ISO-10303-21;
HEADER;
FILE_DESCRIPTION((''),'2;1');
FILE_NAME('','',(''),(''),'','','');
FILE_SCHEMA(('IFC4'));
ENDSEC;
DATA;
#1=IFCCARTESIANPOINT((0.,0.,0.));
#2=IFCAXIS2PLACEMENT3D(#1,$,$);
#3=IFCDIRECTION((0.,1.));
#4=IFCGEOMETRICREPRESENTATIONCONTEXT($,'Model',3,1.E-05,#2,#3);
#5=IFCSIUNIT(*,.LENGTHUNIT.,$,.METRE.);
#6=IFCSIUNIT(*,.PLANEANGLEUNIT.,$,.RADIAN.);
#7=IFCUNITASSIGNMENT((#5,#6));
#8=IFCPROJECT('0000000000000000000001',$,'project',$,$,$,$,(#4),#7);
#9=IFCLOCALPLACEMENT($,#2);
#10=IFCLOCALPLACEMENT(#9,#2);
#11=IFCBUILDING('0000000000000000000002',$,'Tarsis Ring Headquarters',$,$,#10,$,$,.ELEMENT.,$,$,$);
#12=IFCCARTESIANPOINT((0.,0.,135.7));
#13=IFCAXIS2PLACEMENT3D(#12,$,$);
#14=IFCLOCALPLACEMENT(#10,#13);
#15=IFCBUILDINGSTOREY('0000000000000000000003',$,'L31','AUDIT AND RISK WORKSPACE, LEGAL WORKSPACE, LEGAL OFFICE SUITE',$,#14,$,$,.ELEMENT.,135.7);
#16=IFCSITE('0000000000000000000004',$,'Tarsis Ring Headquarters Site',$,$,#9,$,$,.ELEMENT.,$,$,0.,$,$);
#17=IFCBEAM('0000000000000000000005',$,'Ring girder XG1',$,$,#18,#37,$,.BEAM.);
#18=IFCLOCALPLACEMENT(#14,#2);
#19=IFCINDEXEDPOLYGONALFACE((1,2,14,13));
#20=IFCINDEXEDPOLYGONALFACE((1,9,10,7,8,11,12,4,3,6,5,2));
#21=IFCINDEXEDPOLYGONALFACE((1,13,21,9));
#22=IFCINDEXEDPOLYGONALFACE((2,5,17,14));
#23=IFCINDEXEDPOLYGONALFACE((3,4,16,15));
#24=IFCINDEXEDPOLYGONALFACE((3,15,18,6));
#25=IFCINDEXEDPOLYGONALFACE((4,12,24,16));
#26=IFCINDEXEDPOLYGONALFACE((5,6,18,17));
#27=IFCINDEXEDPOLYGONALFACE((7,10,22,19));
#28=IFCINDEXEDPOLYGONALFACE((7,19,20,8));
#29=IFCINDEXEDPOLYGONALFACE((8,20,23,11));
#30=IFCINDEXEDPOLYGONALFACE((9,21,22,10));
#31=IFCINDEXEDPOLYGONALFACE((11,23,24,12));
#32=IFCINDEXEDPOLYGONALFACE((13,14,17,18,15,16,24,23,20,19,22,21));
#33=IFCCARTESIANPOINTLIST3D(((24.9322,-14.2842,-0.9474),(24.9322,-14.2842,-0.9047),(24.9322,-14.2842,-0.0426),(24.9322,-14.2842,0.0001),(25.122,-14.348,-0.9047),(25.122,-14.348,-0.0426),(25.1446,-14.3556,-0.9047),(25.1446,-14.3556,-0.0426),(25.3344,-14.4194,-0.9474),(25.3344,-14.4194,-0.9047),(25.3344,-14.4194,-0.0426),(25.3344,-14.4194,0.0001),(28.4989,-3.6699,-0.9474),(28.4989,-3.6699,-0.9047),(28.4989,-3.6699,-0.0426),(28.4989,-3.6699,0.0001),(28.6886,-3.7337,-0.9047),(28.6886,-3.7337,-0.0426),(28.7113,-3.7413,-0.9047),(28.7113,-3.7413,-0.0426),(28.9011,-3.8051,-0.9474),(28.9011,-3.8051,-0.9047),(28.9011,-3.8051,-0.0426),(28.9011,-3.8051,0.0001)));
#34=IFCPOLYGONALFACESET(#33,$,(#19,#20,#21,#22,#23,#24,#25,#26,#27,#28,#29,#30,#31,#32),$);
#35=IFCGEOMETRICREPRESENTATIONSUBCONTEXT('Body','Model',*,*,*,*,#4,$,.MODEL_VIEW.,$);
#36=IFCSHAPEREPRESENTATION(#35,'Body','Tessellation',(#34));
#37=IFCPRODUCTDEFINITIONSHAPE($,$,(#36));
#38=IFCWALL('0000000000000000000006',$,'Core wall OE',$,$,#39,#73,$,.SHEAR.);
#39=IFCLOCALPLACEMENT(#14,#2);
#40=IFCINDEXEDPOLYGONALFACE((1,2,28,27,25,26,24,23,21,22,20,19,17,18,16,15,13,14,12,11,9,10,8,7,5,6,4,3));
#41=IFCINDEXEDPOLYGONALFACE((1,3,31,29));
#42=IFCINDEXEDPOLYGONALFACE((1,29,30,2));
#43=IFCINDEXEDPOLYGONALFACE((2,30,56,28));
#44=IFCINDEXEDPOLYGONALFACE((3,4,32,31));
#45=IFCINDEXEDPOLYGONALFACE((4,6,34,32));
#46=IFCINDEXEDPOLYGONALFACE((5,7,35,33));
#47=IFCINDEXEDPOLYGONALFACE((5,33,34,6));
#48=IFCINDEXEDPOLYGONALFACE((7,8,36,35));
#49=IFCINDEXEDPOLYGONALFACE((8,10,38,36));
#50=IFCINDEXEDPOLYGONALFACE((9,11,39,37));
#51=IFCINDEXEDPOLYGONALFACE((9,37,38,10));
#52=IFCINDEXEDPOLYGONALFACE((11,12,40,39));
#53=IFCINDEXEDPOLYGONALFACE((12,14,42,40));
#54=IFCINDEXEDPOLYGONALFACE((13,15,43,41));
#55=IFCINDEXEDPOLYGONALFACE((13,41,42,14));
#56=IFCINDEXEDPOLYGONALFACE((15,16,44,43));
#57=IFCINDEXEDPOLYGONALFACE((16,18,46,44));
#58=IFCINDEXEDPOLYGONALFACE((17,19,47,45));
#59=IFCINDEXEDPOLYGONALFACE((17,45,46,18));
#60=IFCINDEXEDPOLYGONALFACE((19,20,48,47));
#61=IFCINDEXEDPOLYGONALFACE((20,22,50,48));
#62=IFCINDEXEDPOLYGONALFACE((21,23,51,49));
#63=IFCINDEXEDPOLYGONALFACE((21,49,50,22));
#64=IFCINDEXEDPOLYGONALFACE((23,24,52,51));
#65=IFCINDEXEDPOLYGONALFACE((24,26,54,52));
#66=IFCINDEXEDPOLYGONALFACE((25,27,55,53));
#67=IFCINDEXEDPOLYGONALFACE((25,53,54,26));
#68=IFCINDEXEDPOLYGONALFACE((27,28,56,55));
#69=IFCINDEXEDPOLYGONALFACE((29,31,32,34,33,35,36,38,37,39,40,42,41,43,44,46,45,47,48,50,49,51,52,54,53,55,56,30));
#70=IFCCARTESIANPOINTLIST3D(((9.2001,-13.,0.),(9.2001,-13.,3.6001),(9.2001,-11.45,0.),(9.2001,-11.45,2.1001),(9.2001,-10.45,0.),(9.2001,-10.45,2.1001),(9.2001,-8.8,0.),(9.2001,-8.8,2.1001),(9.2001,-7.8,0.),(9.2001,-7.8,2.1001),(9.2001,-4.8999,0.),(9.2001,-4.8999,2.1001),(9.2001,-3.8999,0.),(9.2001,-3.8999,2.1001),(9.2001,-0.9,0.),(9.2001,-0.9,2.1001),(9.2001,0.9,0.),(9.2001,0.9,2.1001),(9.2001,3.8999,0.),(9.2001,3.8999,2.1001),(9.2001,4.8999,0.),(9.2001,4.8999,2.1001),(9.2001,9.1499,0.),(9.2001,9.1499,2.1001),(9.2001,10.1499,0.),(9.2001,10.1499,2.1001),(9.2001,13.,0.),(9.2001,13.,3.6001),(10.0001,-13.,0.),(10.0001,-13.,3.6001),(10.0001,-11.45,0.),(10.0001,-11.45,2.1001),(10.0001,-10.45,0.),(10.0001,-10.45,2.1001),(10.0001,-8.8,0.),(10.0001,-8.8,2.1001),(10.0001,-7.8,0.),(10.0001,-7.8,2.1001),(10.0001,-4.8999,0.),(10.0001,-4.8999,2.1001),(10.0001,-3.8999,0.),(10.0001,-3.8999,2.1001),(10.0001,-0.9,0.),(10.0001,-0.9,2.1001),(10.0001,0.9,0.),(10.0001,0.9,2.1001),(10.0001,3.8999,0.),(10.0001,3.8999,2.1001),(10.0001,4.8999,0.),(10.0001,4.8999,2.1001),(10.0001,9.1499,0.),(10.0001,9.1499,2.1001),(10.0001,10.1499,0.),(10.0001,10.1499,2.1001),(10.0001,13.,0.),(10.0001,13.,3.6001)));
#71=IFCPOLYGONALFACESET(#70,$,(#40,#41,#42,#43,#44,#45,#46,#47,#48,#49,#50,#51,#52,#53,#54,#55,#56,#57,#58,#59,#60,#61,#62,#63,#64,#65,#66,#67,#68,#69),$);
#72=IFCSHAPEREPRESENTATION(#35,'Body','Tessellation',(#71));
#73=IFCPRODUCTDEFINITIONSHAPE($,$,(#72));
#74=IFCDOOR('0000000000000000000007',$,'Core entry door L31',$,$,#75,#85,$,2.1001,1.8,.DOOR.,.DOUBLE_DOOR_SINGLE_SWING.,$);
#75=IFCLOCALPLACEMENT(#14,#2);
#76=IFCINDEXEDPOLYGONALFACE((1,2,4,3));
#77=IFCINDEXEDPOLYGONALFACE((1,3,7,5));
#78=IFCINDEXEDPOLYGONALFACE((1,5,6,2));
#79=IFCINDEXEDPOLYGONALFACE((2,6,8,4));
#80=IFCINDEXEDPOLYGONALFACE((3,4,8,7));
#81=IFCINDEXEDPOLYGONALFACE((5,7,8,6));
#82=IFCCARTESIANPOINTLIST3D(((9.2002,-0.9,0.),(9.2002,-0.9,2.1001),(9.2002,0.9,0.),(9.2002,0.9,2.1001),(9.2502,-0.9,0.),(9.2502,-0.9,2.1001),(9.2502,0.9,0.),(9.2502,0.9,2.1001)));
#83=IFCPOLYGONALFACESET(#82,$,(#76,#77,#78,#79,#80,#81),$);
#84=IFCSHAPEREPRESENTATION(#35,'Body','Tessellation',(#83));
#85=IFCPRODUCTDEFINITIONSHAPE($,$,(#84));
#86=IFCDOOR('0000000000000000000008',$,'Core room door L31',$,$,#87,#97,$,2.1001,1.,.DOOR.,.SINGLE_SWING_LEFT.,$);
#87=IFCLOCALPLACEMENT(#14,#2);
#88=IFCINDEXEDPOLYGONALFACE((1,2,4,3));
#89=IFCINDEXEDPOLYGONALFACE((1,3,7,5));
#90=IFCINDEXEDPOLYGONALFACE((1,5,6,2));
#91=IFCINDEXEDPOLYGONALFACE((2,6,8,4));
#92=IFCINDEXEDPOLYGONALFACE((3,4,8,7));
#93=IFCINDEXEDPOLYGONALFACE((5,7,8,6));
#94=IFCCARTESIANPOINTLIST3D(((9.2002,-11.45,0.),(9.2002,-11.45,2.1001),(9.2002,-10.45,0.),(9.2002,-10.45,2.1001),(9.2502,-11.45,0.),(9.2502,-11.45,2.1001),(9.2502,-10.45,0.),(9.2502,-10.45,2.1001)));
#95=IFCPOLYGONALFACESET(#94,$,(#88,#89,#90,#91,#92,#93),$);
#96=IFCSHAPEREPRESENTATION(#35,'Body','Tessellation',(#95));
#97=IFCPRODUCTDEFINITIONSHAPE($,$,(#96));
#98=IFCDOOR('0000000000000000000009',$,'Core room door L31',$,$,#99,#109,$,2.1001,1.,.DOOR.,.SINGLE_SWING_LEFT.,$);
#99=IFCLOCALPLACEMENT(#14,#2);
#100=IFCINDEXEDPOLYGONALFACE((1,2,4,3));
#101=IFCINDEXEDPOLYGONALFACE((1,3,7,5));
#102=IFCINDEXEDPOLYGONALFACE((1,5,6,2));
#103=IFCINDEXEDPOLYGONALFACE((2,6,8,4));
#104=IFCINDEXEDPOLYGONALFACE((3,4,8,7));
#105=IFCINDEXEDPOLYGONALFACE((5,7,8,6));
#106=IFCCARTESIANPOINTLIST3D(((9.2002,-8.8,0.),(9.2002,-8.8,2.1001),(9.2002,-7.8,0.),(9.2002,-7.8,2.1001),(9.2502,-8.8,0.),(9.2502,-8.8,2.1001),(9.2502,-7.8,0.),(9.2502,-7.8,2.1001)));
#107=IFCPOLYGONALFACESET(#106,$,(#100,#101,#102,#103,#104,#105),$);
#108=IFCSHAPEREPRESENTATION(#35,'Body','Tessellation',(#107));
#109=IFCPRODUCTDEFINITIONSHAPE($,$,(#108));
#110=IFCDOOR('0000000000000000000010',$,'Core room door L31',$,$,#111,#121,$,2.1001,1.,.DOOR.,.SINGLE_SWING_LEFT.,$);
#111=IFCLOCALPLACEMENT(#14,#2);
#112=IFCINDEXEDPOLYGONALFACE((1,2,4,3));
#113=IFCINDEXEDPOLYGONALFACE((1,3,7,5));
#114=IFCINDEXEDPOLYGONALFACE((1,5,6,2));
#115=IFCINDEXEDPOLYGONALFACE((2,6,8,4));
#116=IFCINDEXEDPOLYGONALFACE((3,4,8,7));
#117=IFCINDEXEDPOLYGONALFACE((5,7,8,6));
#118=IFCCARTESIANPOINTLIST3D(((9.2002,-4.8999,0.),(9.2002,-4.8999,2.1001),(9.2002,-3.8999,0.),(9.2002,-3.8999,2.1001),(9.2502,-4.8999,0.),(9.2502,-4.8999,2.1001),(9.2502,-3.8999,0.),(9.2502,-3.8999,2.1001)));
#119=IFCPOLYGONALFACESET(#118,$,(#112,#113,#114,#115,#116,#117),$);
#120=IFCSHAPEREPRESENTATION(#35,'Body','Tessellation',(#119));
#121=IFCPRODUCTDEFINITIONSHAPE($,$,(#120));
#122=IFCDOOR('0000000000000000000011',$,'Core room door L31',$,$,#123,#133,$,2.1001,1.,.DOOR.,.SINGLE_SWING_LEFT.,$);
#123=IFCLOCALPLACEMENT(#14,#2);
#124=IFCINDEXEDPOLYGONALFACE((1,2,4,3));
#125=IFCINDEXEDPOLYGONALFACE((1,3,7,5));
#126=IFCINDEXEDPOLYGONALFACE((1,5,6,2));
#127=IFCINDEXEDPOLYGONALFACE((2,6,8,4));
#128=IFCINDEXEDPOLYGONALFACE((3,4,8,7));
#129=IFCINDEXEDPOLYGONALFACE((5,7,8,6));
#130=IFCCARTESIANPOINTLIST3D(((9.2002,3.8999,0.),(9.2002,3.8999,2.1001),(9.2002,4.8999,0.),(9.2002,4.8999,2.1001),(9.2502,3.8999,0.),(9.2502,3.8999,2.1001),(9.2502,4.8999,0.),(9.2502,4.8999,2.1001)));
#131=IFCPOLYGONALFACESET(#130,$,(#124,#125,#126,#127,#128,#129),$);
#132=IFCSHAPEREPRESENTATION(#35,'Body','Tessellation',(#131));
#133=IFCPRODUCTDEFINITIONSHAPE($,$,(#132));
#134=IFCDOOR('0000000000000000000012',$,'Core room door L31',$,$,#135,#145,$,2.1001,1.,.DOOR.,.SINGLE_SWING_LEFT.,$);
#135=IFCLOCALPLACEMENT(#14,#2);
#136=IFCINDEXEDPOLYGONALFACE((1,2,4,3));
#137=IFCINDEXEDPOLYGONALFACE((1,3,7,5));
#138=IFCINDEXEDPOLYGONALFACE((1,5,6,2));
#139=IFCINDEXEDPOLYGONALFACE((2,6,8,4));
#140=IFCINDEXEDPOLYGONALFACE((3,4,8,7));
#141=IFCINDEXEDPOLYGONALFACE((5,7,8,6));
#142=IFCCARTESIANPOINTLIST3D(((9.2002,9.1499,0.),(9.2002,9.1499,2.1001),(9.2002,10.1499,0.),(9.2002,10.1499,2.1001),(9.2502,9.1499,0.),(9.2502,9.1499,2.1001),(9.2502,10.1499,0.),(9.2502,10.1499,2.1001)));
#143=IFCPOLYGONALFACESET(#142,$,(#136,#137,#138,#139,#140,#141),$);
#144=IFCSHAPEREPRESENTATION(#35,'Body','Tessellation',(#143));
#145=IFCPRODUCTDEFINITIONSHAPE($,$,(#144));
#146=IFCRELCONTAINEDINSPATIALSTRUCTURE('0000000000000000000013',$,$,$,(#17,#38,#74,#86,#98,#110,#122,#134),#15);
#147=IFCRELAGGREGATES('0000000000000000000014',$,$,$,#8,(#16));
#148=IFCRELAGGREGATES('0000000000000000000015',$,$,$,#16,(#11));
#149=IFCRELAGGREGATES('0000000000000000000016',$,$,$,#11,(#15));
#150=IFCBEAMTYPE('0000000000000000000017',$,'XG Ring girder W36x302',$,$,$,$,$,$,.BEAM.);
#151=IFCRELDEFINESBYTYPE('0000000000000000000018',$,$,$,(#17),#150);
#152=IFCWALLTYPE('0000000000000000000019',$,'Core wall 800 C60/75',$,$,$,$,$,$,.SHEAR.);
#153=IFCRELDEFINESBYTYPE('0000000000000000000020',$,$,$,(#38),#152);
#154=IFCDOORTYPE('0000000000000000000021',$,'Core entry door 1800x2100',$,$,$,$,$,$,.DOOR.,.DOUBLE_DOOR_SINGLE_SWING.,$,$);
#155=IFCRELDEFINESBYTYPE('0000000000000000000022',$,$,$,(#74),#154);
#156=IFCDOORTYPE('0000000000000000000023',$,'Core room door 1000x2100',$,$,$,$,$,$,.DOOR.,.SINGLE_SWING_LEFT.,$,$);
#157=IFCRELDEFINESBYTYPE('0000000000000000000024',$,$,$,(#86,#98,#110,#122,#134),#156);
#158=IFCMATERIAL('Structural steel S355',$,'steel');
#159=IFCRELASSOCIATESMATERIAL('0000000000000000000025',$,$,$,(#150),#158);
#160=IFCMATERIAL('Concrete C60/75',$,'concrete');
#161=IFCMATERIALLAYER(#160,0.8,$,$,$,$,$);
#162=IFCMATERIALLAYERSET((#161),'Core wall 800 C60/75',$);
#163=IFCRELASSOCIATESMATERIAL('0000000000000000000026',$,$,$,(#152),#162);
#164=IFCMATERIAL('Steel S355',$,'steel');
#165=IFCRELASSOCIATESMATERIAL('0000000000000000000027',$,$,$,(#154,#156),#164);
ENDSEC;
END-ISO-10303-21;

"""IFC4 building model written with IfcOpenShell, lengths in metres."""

from ifc_helpers import new_model, si_unit, direction, frame, frame_2d, origin, origin_2d, place, context, subcontext, project, spatial, rectangle, i_section, extrude, material, layer, layer_set, material_profile, profile_set, type_object, element, fill, save


model = new_model("IFC4")

# Units and contexts
model_context = context("Model", 3, precision=1e-05, world=origin(), true_north=direction((0.0, 1.0)))
body_context = subcontext(model_context, "Body", "Model", "MODEL_VIEW")
ifc_project = project(units=[si_unit("LENGTHUNIT", "METRE"), si_unit("PLANEANGLEUNIT", "RADIAN")], contexts=[model_context])

# Site, building, storey
site_placement = place(None, origin())
site = spatial("IfcSite", under=ifc_project, at=site_placement, Name="Tarsis Ring Headquarters Site", CompositionType="ELEMENT", RefElevation=0.0)
building_placement = place(site_placement, origin())
building = spatial("IfcBuilding", under=site, at=building_placement, Name="Tarsis Ring Headquarters", CompositionType="ELEMENT")
storey_placement = place(building_placement, frame((0.0, 0.0, 135.7)))
storey = spatial("IfcBuildingStorey", under=building, at=storey_placement, Name="L31", Description="AUDIT AND RISK WORKSPACE, LEGAL WORKSPACE, LEGAL OFFICE SUITE", CompositionType="ELEMENT", Elevation=135.7)

# Shared definitions
ifc_material_1 = material(Name="Structural steel S355", Category="steel")

# Beam
ifc_material_profile_1 = material_profile(ifc_material_1, i_section(OverallWidth=0.4243, OverallDepth=0.9475, WebThickness=0.0239, FlangeThickness=0.0427, at=origin_2d()), Name="W36x302")
ifc_profile_set_1 = profile_set([ifc_material_profile_1], Name="Structural steel S355")
beam_type = type_object("IfcBeamType", Name="XG Ring girder W36x302", PredefinedType="BEAM", material=ifc_profile_set_1)
beam_1_placement = place(storey_placement, frame((25.1333, -14.3518, -0.4736), z_axis=(0.318523, 0.947915, 0.0), x_axis=(-0.947915, 0.318523, 0.0)))
element("IfcBeam", 1, at=beam_1_placement, inside=storey, type_object=beam_type, Name="Ring girder XG1", PredefinedType="BEAM", context=body_context, shape_type="SweptSolid", body=[
    extrude(i_section(OverallWidth=0.4243, OverallDepth=0.9475, WebThickness=0.0239, FlangeThickness=0.0427, at=origin_2d()), origin(), (0.0, 0.0, 1.0), 11.1975),
])

# Wall, openings, doors
ifc_material_2 = material(Name="Concrete C60/75", Category="concrete")
ifc_layer_1 = layer(ifc_material_2, 0.8)
ifc_layer_set_1 = layer_set([ifc_layer_1], Name="Core wall 800 C60/75")
wall_type_1 = type_object("IfcWallType", Name="Core wall 800 C60/75", PredefinedType="SHEAR", material=ifc_layer_set_1)
wall_1_placement = place(storey_placement, frame((9.6001, -13.0, 0.0), z_axis=(0.0, 0.0, 1.0), x_axis=(0.0, 1.0, 0.0)))
wall_1 = element("IfcWall", 2, at=wall_1_placement, inside=storey, type_object=wall_type_1, Name="Core wall OE", PredefinedType="SHEAR", context=body_context, shape_type="SweptSolid", body=[
    extrude(rectangle(XDim=26.0, YDim=0.8, at=frame_2d((13.0, 0.0))), origin(), (0.0, 0.0, 1.0), 3.6001),
])
opening_1_placement = place(wall_1_placement, frame((1.55, 0.0, 0.0)))
opening_1 = element("IfcOpeningElement", 3, at=opening_1_placement, cuts=wall_1, PredefinedType="OPENING", context=body_context, shape_type="SweptSolid", body=[
    extrude(rectangle(XDim=1.0, YDim=2.1001, at=frame_2d((0.5, 1.05))), frame((0.0, 0.4099, 0.0), z_axis=(0.0, -1.0, 0.0), x_axis=(1.0, 0.0, 0.0)), (0.0, 0.0, 1.0), 0.8201),
])
opening_2_placement = place(wall_1_placement, frame((4.2, 0.0, 0.0)))
opening_2 = element("IfcOpeningElement", 4, at=opening_2_placement, cuts=wall_1, PredefinedType="OPENING", context=body_context, shape_type="SweptSolid", body=[
    extrude(rectangle(XDim=1.0, YDim=2.1001, at=frame_2d((0.5, 1.05))), frame((0.0, 0.4099, 0.0), z_axis=(0.0, -1.0, 0.0), x_axis=(1.0, 0.0, 0.0)), (0.0, 0.0, 1.0), 0.8201),
])
opening_3_placement = place(wall_1_placement, frame((8.1001, 0.0, 0.0)))
opening_3 = element("IfcOpeningElement", 5, at=opening_3_placement, cuts=wall_1, PredefinedType="OPENING", context=body_context, shape_type="SweptSolid", body=[
    extrude(rectangle(XDim=1.0, YDim=2.1001, at=frame_2d((0.5, 1.05))), frame((0.0, 0.4099, 0.0), z_axis=(0.0, -1.0, 0.0), x_axis=(1.0, 0.0, 0.0)), (0.0, 0.0, 1.0), 0.8201),
])
opening_4_placement = place(wall_1_placement, frame((12.1001, 0.0, 0.0)))
opening_4 = element("IfcOpeningElement", 6, at=opening_4_placement, cuts=wall_1, PredefinedType="OPENING", context=body_context, shape_type="SweptSolid", body=[
    extrude(rectangle(XDim=1.8, YDim=2.1001, at=frame_2d((0.8999, 1.05))), frame((0.0, 0.4099, 0.0), z_axis=(0.0, -1.0, 0.0), x_axis=(1.0, 0.0, 0.0)), (0.0, 0.0, 1.0), 0.8201),
])
opening_5_placement = place(wall_1_placement, frame((16.8999, 0.0, 0.0)))
opening_5 = element("IfcOpeningElement", 7, at=opening_5_placement, cuts=wall_1, PredefinedType="OPENING", context=body_context, shape_type="SweptSolid", body=[
    extrude(rectangle(XDim=1.0, YDim=2.1001, at=frame_2d((0.5, 1.05))), frame((0.0, 0.4099, 0.0), z_axis=(0.0, -1.0, 0.0), x_axis=(1.0, 0.0, 0.0)), (0.0, 0.0, 1.0), 0.8201),
])
opening_6_placement = place(wall_1_placement, frame((22.1499, 0.0, 0.0)))
opening_6 = element("IfcOpeningElement", 8, at=opening_6_placement, cuts=wall_1, PredefinedType="OPENING", context=body_context, shape_type="SweptSolid", body=[
    extrude(rectangle(XDim=1.0, YDim=2.1001, at=frame_2d((0.5, 1.05))), frame((0.0, 0.4099, 0.0), z_axis=(0.0, -1.0, 0.0), x_axis=(1.0, 0.0, 0.0)), (0.0, 0.0, 1.0), 0.8201),
])
ifc_material_3 = material(Name="Steel S355", Category="steel")
door_type_1 = type_object("IfcDoorType", Name="Core entry door 1800x2100", OperationType="DOUBLE_DOOR_SINGLE_SWING", PredefinedType="DOOR", material=ifc_material_3)
door_1_placement = place(opening_4_placement, origin())
door_1 = element("IfcDoor", 9, at=door_1_placement, inside=storey, type_object=door_type_1, Name="Core entry door L31", OperationType="DOUBLE_DOOR_SINGLE_SWING", OverallHeight=2.1001, OverallWidth=1.8, PredefinedType="DOOR", context=body_context, shape_type="SweptSolid", body=[
    extrude(rectangle(XDim=1.8, YDim=2.1001, at=frame_2d((0.8999, 1.05))), frame((0.0, 0.3999, 0.0), z_axis=(0.0, -1.0, 0.0), x_axis=(1.0, 0.0, 0.0)), (0.0, 0.0, 1.0), 0.05),
])
fill(opening_4, door_1)
door_type_2 = type_object("IfcDoorType", Name="Core room door 1000x2100", OperationType="SINGLE_SWING_LEFT", PredefinedType="DOOR", material=ifc_material_3)
door_2_placement = place(opening_1_placement, origin())
door_2 = element("IfcDoor", 10, at=door_2_placement, inside=storey, type_object=door_type_2, Name="Core room door L31", OperationType="SINGLE_SWING_LEFT", OverallHeight=2.1001, OverallWidth=1.0, PredefinedType="DOOR", context=body_context, shape_type="SweptSolid", body=[
    extrude(rectangle(XDim=1.0, YDim=2.1001, at=frame_2d((0.5, 1.05))), frame((0.0, 0.3999, 0.0), z_axis=(0.0, -1.0, 0.0), x_axis=(1.0, 0.0, 0.0)), (0.0, 0.0, 1.0), 0.05),
])
fill(opening_1, door_2)
door_3_placement = place(opening_2_placement, origin())
door_3 = element("IfcDoor", 11, at=door_3_placement, inside=storey, type_object=door_type_2, Name="Core room door L31", OperationType="SINGLE_SWING_LEFT", OverallHeight=2.1001, OverallWidth=1.0, PredefinedType="DOOR", context=body_context, shape_type="SweptSolid", body=[
    extrude(rectangle(XDim=1.0, YDim=2.1001, at=frame_2d((0.5, 1.05))), frame((0.0, 0.3999, 0.0), z_axis=(0.0, -1.0, 0.0), x_axis=(1.0, 0.0, 0.0)), (0.0, 0.0, 1.0), 0.05),
])
fill(opening_2, door_3)
door_4_placement = place(opening_3_placement, origin())
door_4 = element("IfcDoor", 12, at=door_4_placement, inside=storey, type_object=door_type_2, Name="Core room door L31", OperationType="SINGLE_SWING_LEFT", OverallHeight=2.1001, OverallWidth=1.0, PredefinedType="DOOR", context=body_context, shape_type="SweptSolid", body=[
    extrude(rectangle(XDim=1.0, YDim=2.1001, at=frame_2d((0.5, 1.05))), frame((0.0, 0.3999, 0.0), z_axis=(0.0, -1.0, 0.0), x_axis=(1.0, 0.0, 0.0)), (0.0, 0.0, 1.0), 0.05),
])
fill(opening_3, door_4)
door_5_placement = place(opening_5_placement, origin())
door_5 = element("IfcDoor", 13, at=door_5_placement, inside=storey, type_object=door_type_2, Name="Core room door L31", OperationType="SINGLE_SWING_LEFT", OverallHeight=2.1001, OverallWidth=1.0, PredefinedType="DOOR", context=body_context, shape_type="SweptSolid", body=[
    extrude(rectangle(XDim=1.0, YDim=2.1001, at=frame_2d((0.5, 1.05))), frame((0.0, 0.3999, 0.0), z_axis=(0.0, -1.0, 0.0), x_axis=(1.0, 0.0, 0.0)), (0.0, 0.0, 1.0), 0.05),
])
fill(opening_5, door_5)
door_6_placement = place(opening_6_placement, origin())
door_6 = element("IfcDoor", 14, at=door_6_placement, inside=storey, type_object=door_type_2, Name="Core room door L31", OperationType="SINGLE_SWING_LEFT", OverallHeight=2.1001, OverallWidth=1.0, PredefinedType="DOOR", context=body_context, shape_type="SweptSolid", body=[
    extrude(rectangle(XDim=1.0, YDim=2.1001, at=frame_2d((0.5, 1.05))), frame((0.0, 0.3999, 0.0), z_axis=(0.0, -1.0, 0.0), x_axis=(1.0, 0.0, 0.0)), (0.0, 0.0, 1.0), 0.05),
])
fill(opening_6, door_6)

save(model, "model.ifc")
